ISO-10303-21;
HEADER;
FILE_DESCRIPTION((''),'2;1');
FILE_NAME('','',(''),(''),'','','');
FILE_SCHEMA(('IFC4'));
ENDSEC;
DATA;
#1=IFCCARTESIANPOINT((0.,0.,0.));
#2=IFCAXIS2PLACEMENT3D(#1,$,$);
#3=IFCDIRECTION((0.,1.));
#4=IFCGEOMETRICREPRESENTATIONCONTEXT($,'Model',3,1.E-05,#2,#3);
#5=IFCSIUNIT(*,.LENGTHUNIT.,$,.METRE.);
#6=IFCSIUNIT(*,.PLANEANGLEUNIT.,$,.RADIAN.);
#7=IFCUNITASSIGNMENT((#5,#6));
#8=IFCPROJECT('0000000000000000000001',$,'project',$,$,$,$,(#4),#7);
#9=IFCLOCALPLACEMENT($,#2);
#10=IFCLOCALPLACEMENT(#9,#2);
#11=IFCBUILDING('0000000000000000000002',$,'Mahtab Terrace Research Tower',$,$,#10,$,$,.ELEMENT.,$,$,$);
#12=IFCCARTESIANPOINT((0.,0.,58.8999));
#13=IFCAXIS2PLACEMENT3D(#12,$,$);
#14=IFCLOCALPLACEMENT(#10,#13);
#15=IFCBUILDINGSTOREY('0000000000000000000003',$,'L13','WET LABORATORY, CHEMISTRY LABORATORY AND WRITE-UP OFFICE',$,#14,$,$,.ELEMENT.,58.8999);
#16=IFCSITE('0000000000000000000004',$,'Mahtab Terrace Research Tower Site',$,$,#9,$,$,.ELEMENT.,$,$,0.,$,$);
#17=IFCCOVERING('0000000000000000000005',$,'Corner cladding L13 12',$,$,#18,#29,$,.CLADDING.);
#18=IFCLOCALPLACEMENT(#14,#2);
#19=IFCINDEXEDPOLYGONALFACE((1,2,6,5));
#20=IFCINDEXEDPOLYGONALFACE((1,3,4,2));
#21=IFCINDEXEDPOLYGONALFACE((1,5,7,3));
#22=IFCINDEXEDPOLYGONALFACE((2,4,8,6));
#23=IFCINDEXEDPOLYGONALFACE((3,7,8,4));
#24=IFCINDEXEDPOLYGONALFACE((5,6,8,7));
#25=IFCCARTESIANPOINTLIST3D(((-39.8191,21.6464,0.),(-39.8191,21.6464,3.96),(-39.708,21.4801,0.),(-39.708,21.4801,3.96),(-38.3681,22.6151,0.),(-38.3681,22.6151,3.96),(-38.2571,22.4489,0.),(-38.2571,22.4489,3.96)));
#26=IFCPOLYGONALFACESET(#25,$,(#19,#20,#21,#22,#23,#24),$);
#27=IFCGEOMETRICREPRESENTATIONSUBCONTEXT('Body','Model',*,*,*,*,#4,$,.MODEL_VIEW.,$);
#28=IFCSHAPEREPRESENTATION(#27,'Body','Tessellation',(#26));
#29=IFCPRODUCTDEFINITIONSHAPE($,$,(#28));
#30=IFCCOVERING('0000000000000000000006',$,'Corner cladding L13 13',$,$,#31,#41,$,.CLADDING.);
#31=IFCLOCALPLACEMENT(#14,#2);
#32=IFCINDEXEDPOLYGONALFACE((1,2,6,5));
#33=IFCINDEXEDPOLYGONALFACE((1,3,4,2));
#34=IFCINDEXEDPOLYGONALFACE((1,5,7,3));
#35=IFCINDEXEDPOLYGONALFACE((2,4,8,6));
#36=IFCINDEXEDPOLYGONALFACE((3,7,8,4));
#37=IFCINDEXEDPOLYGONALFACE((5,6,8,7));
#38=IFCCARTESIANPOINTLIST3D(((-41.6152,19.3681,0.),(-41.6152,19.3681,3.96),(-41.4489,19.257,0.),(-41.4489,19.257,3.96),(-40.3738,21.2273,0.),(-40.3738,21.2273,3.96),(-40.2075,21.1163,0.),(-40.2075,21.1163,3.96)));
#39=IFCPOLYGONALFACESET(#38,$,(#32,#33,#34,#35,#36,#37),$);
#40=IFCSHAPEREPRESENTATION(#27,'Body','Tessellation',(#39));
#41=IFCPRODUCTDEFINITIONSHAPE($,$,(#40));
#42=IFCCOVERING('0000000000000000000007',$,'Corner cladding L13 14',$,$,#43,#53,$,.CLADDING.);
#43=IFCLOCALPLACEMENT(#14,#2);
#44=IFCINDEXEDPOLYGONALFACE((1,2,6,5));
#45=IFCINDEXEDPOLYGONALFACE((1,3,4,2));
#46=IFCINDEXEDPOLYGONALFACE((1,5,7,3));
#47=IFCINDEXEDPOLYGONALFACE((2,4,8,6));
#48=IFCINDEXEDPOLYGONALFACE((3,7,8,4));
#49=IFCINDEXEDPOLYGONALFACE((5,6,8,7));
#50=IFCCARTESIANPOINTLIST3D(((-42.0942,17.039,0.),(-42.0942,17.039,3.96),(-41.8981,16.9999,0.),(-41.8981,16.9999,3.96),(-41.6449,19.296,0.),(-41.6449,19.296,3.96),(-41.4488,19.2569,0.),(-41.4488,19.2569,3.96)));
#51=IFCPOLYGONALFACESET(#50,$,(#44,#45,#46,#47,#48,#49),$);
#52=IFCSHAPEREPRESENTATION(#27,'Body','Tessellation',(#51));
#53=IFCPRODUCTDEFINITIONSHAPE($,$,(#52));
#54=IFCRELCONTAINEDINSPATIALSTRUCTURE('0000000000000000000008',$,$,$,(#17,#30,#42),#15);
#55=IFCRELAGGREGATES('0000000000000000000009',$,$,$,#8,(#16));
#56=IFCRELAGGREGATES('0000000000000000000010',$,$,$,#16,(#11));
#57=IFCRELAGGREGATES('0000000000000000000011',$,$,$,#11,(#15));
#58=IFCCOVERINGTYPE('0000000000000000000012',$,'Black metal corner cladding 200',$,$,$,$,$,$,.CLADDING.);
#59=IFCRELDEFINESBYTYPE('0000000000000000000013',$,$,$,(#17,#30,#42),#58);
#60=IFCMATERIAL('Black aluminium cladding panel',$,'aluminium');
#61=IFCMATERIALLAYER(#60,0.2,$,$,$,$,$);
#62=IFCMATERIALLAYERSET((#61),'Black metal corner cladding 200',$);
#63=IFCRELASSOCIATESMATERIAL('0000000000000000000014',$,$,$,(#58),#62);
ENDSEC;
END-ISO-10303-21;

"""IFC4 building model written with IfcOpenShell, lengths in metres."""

from ifc_helpers import new_model, si_unit, direction, frame, origin, origin_2d, place, context, subcontext, project, spatial, rectangle, extrude, material, layer, layer_set, type_object, element, save


model = new_model("IFC4")

# Units and contexts
model_context = context("Model", 3, precision=1e-05, world=origin(), true_north=direction((0.0, 1.0)))
body_context = subcontext(model_context, "Body", "Model", "MODEL_VIEW")
ifc_project = project(units=[si_unit("LENGTHUNIT", "METRE"), si_unit("PLANEANGLEUNIT", "RADIAN")], contexts=[model_context])

# Site, building, storey
site_placement = place(None, origin())
site = spatial("IfcSite", under=ifc_project, at=site_placement, Name="Mahtab Terrace Research Tower Site", CompositionType="ELEMENT", RefElevation=0.0)
building_placement = place(site_placement, origin())
building = spatial("IfcBuilding", under=site, at=building_placement, Name="Mahtab Terrace Research Tower", CompositionType="ELEMENT")
storey_placement = place(building_placement, frame((0.0, 0.0, 58.8999)))
storey = spatial("IfcBuildingStorey", under=building, at=storey_placement, Name="L13", Description="WET LABORATORY, CHEMISTRY LABORATORY AND WRITE-UP OFFICE", CompositionType="ELEMENT", Elevation=58.8999)

# Shared definitions
ifc_material_1 = material(Name="Black aluminium cladding panel", Category="aluminium")

# Coverings
ifc_layer_1 = layer(ifc_material_1, 0.2)
ifc_layer_set_1 = layer_set([ifc_layer_1], Name="Black metal corner cladding 200")
covering_type = type_object("IfcCoveringType", Name="Black metal corner cladding 200", PredefinedType="CLADDING", material=ifc_layer_set_1)
covering_1_placement = place(storey_placement, frame((-39.0381, 22.0476, 0.0), z_axis=(0.0, 0.0, 1.0), x_axis=(-0.831656, -0.555291, 0.0)))
element("IfcCovering", 1, at=covering_1_placement, inside=storey, type_object=covering_type, Name="Corner cladding L13 12", PredefinedType="CLADDING", context=body_context, shape_type="SweptSolid", body=[
    extrude(rectangle(XDim=1.7446, YDim=0.2, at=origin_2d()), origin(), (0.0, 0.0, 1.0), 3.96),
])
covering_2_placement = place(storey_placement, frame((-40.9114, 20.2422, 0.0), z_axis=(0.0, 0.0, 1.0), x_axis=(-0.555291, -0.831656, 0.0)))
element("IfcCovering", 2, at=covering_2_placement, inside=storey, type_object=covering_type, Name="Corner cladding L13 13", PredefinedType="CLADDING", context=body_context, shape_type="SweptSolid", body=[
    extrude(rectangle(XDim=2.2356, YDim=0.2, at=origin_2d()), origin(), (0.0, 0.0, 1.0), 3.96),
])
covering_3_placement = place(storey_placement, frame((-41.7715, 18.1479, 0.0), z_axis=(0.0, 0.0, 1.0), x_axis=(-0.195212, -0.980761, 0.0)))
element("IfcCovering", 3, at=covering_3_placement, inside=storey, type_object=covering_type, Name="Corner cladding L13 14", PredefinedType="CLADDING", context=body_context, shape_type="SweptSolid", body=[
    extrude(rectangle(XDim=2.3013, YDim=0.2, at=origin_2d()), origin(), (0.0, 0.0, 1.0), 3.96),
])

save(model, "model.ifc")
